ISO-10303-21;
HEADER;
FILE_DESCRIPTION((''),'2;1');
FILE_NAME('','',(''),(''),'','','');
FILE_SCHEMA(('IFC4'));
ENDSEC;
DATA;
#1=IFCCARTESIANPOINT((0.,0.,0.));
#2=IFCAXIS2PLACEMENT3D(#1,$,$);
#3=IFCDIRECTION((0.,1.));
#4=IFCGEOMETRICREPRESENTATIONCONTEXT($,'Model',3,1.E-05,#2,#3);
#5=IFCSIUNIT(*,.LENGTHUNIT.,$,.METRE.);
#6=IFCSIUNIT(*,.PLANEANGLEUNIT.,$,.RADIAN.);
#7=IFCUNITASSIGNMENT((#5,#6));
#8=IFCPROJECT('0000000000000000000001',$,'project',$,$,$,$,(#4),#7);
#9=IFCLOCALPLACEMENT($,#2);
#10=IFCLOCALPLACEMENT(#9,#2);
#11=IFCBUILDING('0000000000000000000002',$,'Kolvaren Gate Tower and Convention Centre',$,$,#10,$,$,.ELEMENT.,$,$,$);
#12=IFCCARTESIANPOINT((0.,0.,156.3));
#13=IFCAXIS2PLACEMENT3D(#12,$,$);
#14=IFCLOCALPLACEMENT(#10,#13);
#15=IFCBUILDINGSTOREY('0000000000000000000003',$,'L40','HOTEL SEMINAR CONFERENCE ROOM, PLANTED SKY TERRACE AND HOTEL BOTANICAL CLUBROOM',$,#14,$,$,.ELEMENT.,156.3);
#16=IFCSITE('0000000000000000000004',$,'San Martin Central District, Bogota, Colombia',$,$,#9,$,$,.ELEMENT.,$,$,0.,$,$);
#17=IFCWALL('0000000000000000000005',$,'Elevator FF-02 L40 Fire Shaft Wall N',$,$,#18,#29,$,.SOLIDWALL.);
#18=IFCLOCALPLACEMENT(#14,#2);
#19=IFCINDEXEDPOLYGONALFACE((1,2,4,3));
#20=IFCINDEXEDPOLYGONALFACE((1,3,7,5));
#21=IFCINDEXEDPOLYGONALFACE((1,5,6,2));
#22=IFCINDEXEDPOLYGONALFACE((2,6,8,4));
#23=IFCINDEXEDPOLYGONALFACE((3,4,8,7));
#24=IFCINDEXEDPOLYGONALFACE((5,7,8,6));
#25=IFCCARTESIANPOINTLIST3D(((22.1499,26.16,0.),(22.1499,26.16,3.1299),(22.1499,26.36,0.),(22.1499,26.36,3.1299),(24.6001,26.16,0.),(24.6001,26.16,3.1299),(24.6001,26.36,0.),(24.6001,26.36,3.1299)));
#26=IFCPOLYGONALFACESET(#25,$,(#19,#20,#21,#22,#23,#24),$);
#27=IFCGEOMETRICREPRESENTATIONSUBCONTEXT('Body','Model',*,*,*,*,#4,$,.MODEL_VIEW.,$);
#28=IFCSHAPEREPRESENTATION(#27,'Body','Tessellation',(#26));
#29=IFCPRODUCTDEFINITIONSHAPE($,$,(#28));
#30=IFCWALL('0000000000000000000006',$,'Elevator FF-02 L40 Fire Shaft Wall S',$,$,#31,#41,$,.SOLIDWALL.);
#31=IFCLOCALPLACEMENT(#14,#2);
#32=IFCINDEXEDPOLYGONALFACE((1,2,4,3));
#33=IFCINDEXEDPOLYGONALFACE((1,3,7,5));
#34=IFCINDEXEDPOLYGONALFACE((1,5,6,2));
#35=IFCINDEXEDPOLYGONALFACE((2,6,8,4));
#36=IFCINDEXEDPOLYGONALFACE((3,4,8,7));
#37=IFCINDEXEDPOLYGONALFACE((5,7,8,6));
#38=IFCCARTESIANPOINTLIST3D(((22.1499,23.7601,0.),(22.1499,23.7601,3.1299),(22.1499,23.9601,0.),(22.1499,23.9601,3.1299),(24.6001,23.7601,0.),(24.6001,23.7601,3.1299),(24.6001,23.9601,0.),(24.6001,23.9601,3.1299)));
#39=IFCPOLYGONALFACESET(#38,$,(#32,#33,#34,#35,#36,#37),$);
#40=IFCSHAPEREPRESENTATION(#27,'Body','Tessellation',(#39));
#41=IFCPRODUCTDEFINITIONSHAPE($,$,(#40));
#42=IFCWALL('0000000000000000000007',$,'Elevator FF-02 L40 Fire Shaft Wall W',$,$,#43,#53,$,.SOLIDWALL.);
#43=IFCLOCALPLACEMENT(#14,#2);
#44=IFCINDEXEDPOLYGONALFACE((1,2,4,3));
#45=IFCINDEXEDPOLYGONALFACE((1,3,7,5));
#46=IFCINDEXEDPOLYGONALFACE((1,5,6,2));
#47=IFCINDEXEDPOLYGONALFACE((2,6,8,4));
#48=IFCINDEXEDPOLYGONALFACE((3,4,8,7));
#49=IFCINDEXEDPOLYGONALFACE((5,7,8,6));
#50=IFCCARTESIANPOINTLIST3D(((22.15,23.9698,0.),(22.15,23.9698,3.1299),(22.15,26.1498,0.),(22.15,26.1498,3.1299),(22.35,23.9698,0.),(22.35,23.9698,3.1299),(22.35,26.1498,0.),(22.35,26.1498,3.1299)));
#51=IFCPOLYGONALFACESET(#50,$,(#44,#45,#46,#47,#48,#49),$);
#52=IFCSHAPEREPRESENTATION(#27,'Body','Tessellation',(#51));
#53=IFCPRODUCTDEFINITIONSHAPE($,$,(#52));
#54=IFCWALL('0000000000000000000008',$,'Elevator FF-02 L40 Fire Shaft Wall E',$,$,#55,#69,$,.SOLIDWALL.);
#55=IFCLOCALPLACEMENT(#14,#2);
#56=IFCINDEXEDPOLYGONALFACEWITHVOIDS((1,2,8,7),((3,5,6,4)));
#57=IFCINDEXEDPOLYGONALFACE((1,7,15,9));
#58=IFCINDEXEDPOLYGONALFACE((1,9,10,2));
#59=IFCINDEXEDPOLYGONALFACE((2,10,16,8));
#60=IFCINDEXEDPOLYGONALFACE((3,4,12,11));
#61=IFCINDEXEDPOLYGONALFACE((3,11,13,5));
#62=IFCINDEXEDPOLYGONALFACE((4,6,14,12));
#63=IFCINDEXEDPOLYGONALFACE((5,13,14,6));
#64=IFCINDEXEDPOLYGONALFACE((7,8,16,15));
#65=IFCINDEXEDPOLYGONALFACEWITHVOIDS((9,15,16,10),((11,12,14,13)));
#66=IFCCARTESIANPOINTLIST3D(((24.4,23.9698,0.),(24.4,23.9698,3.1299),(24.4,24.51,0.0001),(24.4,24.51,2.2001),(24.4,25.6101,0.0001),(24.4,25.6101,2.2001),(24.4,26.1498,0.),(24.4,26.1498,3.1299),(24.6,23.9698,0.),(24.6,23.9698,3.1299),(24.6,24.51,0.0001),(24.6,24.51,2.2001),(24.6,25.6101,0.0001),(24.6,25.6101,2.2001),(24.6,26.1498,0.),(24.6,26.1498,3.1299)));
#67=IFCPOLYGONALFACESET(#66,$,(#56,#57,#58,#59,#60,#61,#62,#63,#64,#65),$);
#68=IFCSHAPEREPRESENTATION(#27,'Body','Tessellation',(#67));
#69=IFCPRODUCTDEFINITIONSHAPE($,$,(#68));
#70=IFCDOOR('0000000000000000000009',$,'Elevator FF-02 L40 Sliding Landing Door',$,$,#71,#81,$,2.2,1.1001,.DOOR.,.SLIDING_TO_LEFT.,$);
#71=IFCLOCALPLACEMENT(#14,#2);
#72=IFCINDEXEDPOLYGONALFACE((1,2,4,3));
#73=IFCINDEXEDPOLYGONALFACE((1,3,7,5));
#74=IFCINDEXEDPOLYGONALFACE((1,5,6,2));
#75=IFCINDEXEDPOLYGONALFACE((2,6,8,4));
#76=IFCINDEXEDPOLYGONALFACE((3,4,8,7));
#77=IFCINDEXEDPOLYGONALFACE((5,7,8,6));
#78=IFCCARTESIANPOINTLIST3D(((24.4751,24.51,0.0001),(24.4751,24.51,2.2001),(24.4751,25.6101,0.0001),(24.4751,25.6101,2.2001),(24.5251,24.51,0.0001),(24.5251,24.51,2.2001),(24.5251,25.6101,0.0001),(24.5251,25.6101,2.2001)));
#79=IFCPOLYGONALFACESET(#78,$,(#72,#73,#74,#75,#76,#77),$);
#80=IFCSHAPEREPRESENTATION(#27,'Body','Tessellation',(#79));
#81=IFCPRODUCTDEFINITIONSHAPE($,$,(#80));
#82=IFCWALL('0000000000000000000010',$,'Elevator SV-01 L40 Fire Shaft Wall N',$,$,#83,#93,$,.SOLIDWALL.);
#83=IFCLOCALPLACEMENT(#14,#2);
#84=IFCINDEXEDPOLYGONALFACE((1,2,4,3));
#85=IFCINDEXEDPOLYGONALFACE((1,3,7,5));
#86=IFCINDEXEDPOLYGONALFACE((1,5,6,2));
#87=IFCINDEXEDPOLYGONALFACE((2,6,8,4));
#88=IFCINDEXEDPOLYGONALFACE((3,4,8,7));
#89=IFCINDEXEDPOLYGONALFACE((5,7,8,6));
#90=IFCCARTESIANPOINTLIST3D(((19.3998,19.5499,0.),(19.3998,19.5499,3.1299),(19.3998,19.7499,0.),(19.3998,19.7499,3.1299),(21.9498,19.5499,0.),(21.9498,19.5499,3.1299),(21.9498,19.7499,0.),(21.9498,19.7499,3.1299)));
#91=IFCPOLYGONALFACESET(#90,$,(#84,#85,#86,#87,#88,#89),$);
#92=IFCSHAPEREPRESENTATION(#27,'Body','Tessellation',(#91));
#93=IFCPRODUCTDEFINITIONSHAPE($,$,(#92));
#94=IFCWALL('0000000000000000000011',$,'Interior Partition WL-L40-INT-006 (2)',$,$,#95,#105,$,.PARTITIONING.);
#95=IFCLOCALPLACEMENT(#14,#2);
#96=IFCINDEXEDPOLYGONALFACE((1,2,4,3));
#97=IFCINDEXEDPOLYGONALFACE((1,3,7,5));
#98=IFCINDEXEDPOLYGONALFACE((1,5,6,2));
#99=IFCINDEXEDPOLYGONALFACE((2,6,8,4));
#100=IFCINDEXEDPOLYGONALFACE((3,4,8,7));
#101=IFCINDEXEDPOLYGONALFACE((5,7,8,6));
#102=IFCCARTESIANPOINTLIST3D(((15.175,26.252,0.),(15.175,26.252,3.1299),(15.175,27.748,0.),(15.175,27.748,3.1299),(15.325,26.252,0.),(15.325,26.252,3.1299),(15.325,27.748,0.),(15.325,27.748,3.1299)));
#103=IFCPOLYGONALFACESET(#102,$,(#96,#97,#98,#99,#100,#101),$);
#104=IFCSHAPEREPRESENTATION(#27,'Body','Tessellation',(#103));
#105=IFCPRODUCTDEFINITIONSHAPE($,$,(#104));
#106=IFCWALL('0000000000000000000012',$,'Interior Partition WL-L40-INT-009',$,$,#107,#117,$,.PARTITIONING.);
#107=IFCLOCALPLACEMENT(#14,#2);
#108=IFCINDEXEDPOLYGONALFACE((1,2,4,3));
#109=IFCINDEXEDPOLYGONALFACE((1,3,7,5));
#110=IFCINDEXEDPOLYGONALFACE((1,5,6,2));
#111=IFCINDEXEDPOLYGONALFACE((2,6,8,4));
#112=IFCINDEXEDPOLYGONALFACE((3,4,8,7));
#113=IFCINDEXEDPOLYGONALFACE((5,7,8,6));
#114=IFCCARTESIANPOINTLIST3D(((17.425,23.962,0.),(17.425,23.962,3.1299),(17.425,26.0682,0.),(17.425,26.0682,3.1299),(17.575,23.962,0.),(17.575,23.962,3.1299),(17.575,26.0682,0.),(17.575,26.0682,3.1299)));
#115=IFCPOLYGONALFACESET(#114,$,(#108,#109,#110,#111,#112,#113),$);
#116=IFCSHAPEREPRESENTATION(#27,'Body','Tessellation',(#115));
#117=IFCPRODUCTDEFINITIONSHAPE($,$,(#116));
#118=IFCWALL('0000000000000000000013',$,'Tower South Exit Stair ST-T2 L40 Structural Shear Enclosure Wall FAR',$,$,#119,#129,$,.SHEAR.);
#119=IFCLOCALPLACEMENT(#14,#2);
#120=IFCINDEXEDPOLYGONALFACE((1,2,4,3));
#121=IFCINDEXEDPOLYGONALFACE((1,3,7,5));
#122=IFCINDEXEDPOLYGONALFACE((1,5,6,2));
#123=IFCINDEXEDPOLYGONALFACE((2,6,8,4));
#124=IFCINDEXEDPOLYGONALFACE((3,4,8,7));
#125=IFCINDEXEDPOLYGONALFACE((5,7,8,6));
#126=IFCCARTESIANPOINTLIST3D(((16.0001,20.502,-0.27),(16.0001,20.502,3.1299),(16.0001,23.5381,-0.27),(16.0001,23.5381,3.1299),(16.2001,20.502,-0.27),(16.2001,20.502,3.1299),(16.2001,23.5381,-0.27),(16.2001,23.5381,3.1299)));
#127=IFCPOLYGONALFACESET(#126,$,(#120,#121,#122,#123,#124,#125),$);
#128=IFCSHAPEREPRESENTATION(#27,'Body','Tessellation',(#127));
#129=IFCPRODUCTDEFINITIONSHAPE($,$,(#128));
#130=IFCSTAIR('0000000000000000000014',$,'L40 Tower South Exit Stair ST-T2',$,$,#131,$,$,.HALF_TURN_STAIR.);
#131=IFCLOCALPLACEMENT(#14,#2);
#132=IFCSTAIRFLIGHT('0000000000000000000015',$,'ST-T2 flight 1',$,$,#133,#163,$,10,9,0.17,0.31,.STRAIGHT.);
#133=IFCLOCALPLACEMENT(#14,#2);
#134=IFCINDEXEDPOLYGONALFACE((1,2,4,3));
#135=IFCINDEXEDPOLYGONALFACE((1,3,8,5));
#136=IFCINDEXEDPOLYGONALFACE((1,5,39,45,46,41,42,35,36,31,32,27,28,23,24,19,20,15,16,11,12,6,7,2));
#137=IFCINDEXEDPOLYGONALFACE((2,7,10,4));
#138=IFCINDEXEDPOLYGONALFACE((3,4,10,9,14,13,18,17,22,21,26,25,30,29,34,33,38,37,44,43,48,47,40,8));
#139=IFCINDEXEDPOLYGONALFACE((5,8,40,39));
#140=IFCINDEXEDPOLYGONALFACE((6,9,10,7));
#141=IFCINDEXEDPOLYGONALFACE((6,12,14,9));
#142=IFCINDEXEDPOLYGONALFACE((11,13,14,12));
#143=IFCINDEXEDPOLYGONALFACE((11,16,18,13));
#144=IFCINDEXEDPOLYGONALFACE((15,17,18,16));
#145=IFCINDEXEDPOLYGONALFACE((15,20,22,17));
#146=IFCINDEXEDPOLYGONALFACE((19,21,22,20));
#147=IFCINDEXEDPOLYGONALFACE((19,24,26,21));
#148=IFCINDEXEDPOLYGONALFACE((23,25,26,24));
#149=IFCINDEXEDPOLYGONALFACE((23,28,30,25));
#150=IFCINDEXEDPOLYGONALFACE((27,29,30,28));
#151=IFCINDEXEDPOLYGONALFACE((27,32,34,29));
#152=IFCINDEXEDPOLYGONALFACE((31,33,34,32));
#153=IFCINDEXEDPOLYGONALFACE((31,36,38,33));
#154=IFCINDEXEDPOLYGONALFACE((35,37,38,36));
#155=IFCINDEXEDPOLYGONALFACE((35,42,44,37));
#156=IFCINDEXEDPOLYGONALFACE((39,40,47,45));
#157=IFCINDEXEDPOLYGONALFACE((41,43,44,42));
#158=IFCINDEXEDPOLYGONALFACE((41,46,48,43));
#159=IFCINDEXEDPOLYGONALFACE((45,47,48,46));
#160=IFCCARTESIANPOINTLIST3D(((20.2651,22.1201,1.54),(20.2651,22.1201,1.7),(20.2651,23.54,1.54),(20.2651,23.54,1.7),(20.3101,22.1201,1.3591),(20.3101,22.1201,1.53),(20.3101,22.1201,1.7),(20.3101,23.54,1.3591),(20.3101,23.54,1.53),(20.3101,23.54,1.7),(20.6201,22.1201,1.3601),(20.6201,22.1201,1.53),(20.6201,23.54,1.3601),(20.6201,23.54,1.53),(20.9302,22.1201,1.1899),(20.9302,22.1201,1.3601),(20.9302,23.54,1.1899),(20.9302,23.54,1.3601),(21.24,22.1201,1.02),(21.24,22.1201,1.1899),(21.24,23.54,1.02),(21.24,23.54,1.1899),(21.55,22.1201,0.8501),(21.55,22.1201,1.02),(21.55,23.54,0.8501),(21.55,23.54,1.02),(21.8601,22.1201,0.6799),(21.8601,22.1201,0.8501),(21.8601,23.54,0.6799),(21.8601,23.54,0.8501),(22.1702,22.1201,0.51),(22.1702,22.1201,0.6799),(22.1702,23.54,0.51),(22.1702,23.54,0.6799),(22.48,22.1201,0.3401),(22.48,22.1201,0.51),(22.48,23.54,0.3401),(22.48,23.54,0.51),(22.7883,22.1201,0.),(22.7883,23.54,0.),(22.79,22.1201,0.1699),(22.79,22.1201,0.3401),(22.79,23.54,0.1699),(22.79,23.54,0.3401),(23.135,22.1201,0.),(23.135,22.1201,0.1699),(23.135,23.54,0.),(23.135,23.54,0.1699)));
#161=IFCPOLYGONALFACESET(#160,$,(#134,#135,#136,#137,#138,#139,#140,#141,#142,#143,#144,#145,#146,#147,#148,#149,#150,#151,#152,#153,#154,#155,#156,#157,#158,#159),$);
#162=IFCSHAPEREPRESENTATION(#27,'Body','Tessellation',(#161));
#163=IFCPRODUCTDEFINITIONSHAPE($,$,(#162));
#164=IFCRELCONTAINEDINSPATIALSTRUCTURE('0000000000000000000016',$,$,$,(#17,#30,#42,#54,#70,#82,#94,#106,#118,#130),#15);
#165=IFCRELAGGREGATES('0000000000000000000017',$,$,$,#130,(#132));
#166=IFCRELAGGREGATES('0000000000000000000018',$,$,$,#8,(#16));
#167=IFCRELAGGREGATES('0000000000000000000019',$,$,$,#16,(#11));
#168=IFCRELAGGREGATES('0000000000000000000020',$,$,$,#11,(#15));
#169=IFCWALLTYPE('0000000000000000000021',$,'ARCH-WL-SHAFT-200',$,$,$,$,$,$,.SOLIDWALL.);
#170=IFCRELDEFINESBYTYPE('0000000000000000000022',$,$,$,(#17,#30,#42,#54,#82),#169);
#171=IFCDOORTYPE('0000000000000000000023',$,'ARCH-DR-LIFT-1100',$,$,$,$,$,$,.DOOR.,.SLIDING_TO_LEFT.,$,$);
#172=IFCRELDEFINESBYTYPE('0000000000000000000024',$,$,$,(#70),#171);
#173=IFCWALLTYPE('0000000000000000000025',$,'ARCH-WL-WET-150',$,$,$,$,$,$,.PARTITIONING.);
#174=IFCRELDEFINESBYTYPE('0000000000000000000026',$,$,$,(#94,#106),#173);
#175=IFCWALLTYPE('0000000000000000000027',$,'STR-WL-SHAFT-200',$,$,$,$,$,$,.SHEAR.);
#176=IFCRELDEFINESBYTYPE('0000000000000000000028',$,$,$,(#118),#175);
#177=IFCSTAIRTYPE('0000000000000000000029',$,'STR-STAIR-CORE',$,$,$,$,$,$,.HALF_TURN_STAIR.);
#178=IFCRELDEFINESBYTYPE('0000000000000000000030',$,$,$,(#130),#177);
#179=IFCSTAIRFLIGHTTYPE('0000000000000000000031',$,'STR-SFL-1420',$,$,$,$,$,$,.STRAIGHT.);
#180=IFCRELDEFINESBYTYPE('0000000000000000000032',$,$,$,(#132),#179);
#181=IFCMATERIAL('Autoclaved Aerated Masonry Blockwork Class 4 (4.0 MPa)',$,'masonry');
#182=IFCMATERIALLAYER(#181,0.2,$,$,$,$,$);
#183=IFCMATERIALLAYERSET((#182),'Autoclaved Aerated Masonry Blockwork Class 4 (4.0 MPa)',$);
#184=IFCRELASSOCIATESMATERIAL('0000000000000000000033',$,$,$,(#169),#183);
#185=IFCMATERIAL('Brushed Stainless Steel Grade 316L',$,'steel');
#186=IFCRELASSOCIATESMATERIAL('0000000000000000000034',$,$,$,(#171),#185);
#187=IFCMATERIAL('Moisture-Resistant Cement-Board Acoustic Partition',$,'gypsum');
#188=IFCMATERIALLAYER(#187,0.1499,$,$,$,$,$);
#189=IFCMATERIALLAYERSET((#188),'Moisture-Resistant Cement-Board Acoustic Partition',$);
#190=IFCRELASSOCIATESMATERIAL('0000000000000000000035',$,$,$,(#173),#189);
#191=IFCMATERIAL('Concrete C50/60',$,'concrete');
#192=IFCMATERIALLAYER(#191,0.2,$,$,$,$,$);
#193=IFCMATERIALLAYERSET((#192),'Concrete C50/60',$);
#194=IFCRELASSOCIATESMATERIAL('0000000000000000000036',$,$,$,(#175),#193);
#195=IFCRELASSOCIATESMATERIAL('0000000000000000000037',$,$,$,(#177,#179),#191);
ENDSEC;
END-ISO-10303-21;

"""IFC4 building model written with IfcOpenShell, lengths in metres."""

from ifc_helpers import new_model, si_unit, direction, frame, frame_2d, origin, place, context, subcontext, project, spatial, polyline, rectangle, outline, extrude, material, layer, layer_set, type_object, element, fill, aggregate, save


model = new_model("IFC4")

# Units and contexts
model_context = context("Model", 3, precision=1e-05, world=origin(), true_north=direction((0.0, 1.0)))
body_context = subcontext(model_context, "Body", "Model", "MODEL_VIEW")
ifc_project = project(units=[si_unit("LENGTHUNIT", "METRE"), si_unit("PLANEANGLEUNIT", "RADIAN")], contexts=[model_context])

# Site, building, storey
site_placement = place(None, origin())
site = spatial("IfcSite", under=ifc_project, at=site_placement, Name="San Martin Central District, Bogota, Colombia", CompositionType="ELEMENT", RefElevation=0.0)
building_placement = place(site_placement, origin())
building = spatial("IfcBuilding", under=site, at=building_placement, Name="Kolvaren Gate Tower and Convention Centre", CompositionType="ELEMENT")
storey_placement = place(building_placement, frame((0.0, 0.0, 156.3)))
storey = spatial("IfcBuildingStorey", under=building, at=storey_placement, Name="L40", Description="HOTEL SEMINAR CONFERENCE ROOM, PLANTED SKY TERRACE AND HOTEL BOTANICAL CLUBROOM", CompositionType="ELEMENT", Elevation=156.3)

# Shared definitions
ifc_material_1 = material(Name="Autoclaved Aerated Masonry Blockwork Class 4 (4.0 MPa)", Category="masonry")

# Walls
ifc_layer_1 = layer(ifc_material_1, 0.2)
ifc_layer_set_1 = layer_set([ifc_layer_1], Name="Autoclaved Aerated Masonry Blockwork Class 4 (4.0 MPa)")
wall_type_1 = type_object("IfcWallType", Name="ARCH-WL-SHAFT-200", PredefinedType="SOLIDWALL", material=ifc_layer_set_1)
for number, where, z_axis, x_axis, name in (
    (1, (22.1499, 26.26, 0.0), (0.0, 0.0, 1.0), (1.0, 0.0, 0.0), "Elevator FF-02 L40 Fire Shaft Wall N"),
    (2, (22.1499, 23.8601, 0.0), (0.0, 0.0, 1.0), (1.0, 0.0, 0.0), "Elevator FF-02 L40 Fire Shaft Wall S"),
):
    element("IfcWall", number, at=place(storey_placement, frame(where, z_axis=z_axis, x_axis=x_axis)), inside=storey, type_object=wall_type_1, Name=name, PredefinedType="SOLIDWALL", context=body_context, shape_type="SweptSolid", body=[
        extrude(rectangle(XDim=2.4502, YDim=0.2, at=frame_2d((1.2251, 0.0))), origin(), (0.0, 0.0, 1.0), 3.1299),
    ])
wall_1_placement = place(storey_placement, frame((22.25, 23.97, 0.0), z_axis=(0.0, 0.0, 1.0), x_axis=(0.0, 1.0, 0.0)))
element("IfcWall", 3, at=wall_1_placement, inside=storey, type_object=wall_type_1, Name="Elevator FF-02 L40 Fire Shaft Wall W", PredefinedType="SOLIDWALL", context=body_context, shape_type="SweptSolid", body=[
    extrude(rectangle(XDim=2.1799, YDim=0.2, at=frame_2d((1.0898, 0.0))), origin(), (0.0, 0.0, 1.0), 3.1299),
])

# Wall, opening, door
wall_2_placement = place(storey_placement, frame((24.5, 23.97, 0.0), z_axis=(0.0, 0.0, 1.0), x_axis=(0.0, 1.0, 0.0)))
wall_2 = element("IfcWall", 4, at=wall_2_placement, inside=storey, type_object=wall_type_1, Name="Elevator FF-02 L40 Fire Shaft Wall E", PredefinedType="SOLIDWALL", context=body_context, shape_type="SweptSolid", body=[
    extrude(rectangle(XDim=2.1799, YDim=0.2, at=frame_2d((1.0898, 0.0))), origin(), (0.0, 0.0, 1.0), 3.1299),
])
opening_1_placement = place(wall_2_placement, frame((0.54, 0.0, 0.0)))
opening_1 = element("IfcOpeningElement", 5, at=opening_1_placement, cuts=wall_2, PredefinedType="OPENING", context=body_context, shape_type="SweptSolid", body=[
    extrude(rectangle(XDim=1.1001, YDim=2.2, at=frame_2d((0.55, 1.1001))), frame((0.0, 0.1099, 0.0), z_axis=(0.0, -1.0, 0.0), x_axis=(1.0, 0.0, 0.0)), (0.0, 0.0, 1.0), 0.22),
])
ifc_material_2 = material(Name="Brushed Stainless Steel Grade 316L", Category="steel")
door_type_1 = type_object("IfcDoorType", Name="ARCH-DR-LIFT-1100", OperationType="SLIDING_TO_LEFT", PredefinedType="DOOR", material=ifc_material_2)
door_1_placement = place(opening_1_placement, origin())
door_1 = element("IfcDoor", 6, at=door_1_placement, inside=storey, type_object=door_type_1, Name="Elevator FF-02 L40 Sliding Landing Door", OperationType="SLIDING_TO_LEFT", OverallHeight=2.2, OverallWidth=1.1001, PredefinedType="DOOR", context=body_context, shape_type="SweptSolid", body=[
    extrude(rectangle(XDim=1.1001, YDim=2.2, at=frame_2d((0.55, 1.1001))), frame((0.0, 0.0249, 0.0), z_axis=(0.0, -1.0, 0.0), x_axis=(1.0, 0.0, 0.0)), (0.0, 0.0, 1.0), 0.05),
])
fill(opening_1, door_1)

# Walls
wall_3_placement = place(storey_placement, frame((19.3999, 19.6499, 0.0), z_axis=(0.0, 0.0, 1.0), x_axis=(1.0, 0.0, 0.0)))
element("IfcWall", 7, at=wall_3_placement, inside=storey, type_object=wall_type_1, Name="Elevator SV-01 L40 Fire Shaft Wall N", PredefinedType="SOLIDWALL", context=body_context, shape_type="SweptSolid", body=[
    extrude(rectangle(XDim=2.55, YDim=0.2, at=frame_2d((1.2749, 0.0))), origin(), (0.0, 0.0, 1.0), 3.1299),
])
ifc_material_3 = material(Name="Moisture-Resistant Cement-Board Acoustic Partition", Category="gypsum")
ifc_layer_2 = layer(ifc_material_3, 0.1499)
ifc_layer_set_2 = layer_set([ifc_layer_2], Name="Moisture-Resistant Cement-Board Acoustic Partition")
wall_type_2 = type_object("IfcWallType", Name="ARCH-WL-WET-150", PredefinedType="PARTITIONING", material=ifc_layer_set_2)
wall_4_placement = place(storey_placement, frame((15.25, 26.252, 0.0), z_axis=(0.0, 0.0, 1.0), x_axis=(0.0, 1.0, 0.0)))
element("IfcWall", 8, at=wall_4_placement, inside=storey, type_object=wall_type_2, Name="Interior Partition WL-L40-INT-006 (2)", PredefinedType="PARTITIONING", context=body_context, shape_type="SweptSolid", body=[
    extrude(rectangle(XDim=1.4961, YDim=0.1499, at=frame_2d((0.748, 0.0))), origin(), (0.0, 0.0, 1.0), 3.1299),
])
wall_5_placement = place(storey_placement, frame((17.5, 23.9619, 0.0), z_axis=(0.0, 0.0, 1.0), x_axis=(0.0, 1.0, 0.0)))
element("IfcWall", 9, at=wall_5_placement, inside=storey, type_object=wall_type_2, Name="Interior Partition WL-L40-INT-009", PredefinedType="PARTITIONING", context=body_context, shape_type="SweptSolid", body=[
    extrude(rectangle(XDim=2.1062, YDim=0.1499, at=frame_2d((1.0532, 0.0))), origin(), (0.0, 0.0, 1.0), 3.1299),
])
ifc_material_4 = material(Name="Concrete C50/60", Category="concrete")
ifc_layer_3 = layer(ifc_material_4, 0.2)
ifc_layer_set_3 = layer_set([ifc_layer_3], Name="Concrete C50/60")
wall_type_3 = type_object("IfcWallType", Name="STR-WL-SHAFT-200", PredefinedType="SHEAR", material=ifc_layer_set_3)
wall_6_placement = place(storey_placement, frame((16.1001, 20.502, -0.27), z_axis=(0.0, 0.0, 1.0), x_axis=(0.0, 1.0, 0.0)))
element("IfcWall", 10, at=wall_6_placement, inside=storey, type_object=wall_type_3, Name="Tower South Exit Stair ST-T2 L40 Structural Shear Enclosure Wall FAR", PredefinedType="SHEAR", context=body_context, shape_type="SweptSolid", body=[
    extrude(rectangle(XDim=3.0361, YDim=0.2, at=frame_2d((1.5181, 0.0))), origin(), (0.0, 0.0, 1.0), 3.3999),
])

# Stair, stair flight
stair_type = type_object("IfcStairType", Name="STR-STAIR-CORE", PredefinedType="HALF_TURN_STAIR", material=ifc_material_4)
stair_placement = place(storey_placement, origin())
stair = element("IfcStair", 11, at=stair_placement, inside=storey, type_object=stair_type, Name="L40 Tower South Exit Stair ST-T2", PredefinedType="HALF_TURN_STAIR")
stair_flight_type = type_object("IfcStairFlightType", Name="STR-SFL-1420", PredefinedType="STRAIGHT", material=ifc_material_4)
stair_flight_1_placement = place(storey_placement, frame((23.1001, 22.8301, 0.0), z_axis=(0.0, 0.0, 1.0), x_axis=(-1.0, 0.0, 0.0)))
stair_flight_1 = element("IfcStairFlight", 12, at=stair_flight_1_placement, type_object=stair_flight_type, Name="ST-T2 flight 1", NumberOfRisers=10, NumberOfTreads=9, PredefinedType="STRAIGHT", RiserHeight=0.17, TreadLength=0.31, context=body_context, shape_type="SweptSolid", body=[
    extrude(outline(polyline([(-0.0349, 0.0), (-0.0349, 0.1699), (0.3101, 0.1699), (0.3101, 0.3401), (0.6201, 0.3401), (0.6201, 0.51), (0.9299, 0.51), (0.9299, 0.6799), (1.24, 0.6799), (1.24, 0.8501), (1.55, 0.8501), (1.55, 1.02), (1.8601, 1.02), (1.8601, 1.1899), (2.1699, 1.1899), (2.1699, 1.3601), (2.48, 1.3601), (2.48, 1.53), (2.79, 1.53), (2.79, 1.7), (2.835, 1.7), (2.835, 1.54), (2.79, 1.3591), (0.3118, 0.0), (-0.0349, 0.0)])), frame((0.0, 0.71, 0.0), z_axis=(0.0, -1.0, 0.0), x_axis=(1.0, 0.0, 0.0)), (0.0, 0.0, 1.0), 1.4199),
])
aggregate(stair, [stair_flight_1])

save(model, "model.ifc")
